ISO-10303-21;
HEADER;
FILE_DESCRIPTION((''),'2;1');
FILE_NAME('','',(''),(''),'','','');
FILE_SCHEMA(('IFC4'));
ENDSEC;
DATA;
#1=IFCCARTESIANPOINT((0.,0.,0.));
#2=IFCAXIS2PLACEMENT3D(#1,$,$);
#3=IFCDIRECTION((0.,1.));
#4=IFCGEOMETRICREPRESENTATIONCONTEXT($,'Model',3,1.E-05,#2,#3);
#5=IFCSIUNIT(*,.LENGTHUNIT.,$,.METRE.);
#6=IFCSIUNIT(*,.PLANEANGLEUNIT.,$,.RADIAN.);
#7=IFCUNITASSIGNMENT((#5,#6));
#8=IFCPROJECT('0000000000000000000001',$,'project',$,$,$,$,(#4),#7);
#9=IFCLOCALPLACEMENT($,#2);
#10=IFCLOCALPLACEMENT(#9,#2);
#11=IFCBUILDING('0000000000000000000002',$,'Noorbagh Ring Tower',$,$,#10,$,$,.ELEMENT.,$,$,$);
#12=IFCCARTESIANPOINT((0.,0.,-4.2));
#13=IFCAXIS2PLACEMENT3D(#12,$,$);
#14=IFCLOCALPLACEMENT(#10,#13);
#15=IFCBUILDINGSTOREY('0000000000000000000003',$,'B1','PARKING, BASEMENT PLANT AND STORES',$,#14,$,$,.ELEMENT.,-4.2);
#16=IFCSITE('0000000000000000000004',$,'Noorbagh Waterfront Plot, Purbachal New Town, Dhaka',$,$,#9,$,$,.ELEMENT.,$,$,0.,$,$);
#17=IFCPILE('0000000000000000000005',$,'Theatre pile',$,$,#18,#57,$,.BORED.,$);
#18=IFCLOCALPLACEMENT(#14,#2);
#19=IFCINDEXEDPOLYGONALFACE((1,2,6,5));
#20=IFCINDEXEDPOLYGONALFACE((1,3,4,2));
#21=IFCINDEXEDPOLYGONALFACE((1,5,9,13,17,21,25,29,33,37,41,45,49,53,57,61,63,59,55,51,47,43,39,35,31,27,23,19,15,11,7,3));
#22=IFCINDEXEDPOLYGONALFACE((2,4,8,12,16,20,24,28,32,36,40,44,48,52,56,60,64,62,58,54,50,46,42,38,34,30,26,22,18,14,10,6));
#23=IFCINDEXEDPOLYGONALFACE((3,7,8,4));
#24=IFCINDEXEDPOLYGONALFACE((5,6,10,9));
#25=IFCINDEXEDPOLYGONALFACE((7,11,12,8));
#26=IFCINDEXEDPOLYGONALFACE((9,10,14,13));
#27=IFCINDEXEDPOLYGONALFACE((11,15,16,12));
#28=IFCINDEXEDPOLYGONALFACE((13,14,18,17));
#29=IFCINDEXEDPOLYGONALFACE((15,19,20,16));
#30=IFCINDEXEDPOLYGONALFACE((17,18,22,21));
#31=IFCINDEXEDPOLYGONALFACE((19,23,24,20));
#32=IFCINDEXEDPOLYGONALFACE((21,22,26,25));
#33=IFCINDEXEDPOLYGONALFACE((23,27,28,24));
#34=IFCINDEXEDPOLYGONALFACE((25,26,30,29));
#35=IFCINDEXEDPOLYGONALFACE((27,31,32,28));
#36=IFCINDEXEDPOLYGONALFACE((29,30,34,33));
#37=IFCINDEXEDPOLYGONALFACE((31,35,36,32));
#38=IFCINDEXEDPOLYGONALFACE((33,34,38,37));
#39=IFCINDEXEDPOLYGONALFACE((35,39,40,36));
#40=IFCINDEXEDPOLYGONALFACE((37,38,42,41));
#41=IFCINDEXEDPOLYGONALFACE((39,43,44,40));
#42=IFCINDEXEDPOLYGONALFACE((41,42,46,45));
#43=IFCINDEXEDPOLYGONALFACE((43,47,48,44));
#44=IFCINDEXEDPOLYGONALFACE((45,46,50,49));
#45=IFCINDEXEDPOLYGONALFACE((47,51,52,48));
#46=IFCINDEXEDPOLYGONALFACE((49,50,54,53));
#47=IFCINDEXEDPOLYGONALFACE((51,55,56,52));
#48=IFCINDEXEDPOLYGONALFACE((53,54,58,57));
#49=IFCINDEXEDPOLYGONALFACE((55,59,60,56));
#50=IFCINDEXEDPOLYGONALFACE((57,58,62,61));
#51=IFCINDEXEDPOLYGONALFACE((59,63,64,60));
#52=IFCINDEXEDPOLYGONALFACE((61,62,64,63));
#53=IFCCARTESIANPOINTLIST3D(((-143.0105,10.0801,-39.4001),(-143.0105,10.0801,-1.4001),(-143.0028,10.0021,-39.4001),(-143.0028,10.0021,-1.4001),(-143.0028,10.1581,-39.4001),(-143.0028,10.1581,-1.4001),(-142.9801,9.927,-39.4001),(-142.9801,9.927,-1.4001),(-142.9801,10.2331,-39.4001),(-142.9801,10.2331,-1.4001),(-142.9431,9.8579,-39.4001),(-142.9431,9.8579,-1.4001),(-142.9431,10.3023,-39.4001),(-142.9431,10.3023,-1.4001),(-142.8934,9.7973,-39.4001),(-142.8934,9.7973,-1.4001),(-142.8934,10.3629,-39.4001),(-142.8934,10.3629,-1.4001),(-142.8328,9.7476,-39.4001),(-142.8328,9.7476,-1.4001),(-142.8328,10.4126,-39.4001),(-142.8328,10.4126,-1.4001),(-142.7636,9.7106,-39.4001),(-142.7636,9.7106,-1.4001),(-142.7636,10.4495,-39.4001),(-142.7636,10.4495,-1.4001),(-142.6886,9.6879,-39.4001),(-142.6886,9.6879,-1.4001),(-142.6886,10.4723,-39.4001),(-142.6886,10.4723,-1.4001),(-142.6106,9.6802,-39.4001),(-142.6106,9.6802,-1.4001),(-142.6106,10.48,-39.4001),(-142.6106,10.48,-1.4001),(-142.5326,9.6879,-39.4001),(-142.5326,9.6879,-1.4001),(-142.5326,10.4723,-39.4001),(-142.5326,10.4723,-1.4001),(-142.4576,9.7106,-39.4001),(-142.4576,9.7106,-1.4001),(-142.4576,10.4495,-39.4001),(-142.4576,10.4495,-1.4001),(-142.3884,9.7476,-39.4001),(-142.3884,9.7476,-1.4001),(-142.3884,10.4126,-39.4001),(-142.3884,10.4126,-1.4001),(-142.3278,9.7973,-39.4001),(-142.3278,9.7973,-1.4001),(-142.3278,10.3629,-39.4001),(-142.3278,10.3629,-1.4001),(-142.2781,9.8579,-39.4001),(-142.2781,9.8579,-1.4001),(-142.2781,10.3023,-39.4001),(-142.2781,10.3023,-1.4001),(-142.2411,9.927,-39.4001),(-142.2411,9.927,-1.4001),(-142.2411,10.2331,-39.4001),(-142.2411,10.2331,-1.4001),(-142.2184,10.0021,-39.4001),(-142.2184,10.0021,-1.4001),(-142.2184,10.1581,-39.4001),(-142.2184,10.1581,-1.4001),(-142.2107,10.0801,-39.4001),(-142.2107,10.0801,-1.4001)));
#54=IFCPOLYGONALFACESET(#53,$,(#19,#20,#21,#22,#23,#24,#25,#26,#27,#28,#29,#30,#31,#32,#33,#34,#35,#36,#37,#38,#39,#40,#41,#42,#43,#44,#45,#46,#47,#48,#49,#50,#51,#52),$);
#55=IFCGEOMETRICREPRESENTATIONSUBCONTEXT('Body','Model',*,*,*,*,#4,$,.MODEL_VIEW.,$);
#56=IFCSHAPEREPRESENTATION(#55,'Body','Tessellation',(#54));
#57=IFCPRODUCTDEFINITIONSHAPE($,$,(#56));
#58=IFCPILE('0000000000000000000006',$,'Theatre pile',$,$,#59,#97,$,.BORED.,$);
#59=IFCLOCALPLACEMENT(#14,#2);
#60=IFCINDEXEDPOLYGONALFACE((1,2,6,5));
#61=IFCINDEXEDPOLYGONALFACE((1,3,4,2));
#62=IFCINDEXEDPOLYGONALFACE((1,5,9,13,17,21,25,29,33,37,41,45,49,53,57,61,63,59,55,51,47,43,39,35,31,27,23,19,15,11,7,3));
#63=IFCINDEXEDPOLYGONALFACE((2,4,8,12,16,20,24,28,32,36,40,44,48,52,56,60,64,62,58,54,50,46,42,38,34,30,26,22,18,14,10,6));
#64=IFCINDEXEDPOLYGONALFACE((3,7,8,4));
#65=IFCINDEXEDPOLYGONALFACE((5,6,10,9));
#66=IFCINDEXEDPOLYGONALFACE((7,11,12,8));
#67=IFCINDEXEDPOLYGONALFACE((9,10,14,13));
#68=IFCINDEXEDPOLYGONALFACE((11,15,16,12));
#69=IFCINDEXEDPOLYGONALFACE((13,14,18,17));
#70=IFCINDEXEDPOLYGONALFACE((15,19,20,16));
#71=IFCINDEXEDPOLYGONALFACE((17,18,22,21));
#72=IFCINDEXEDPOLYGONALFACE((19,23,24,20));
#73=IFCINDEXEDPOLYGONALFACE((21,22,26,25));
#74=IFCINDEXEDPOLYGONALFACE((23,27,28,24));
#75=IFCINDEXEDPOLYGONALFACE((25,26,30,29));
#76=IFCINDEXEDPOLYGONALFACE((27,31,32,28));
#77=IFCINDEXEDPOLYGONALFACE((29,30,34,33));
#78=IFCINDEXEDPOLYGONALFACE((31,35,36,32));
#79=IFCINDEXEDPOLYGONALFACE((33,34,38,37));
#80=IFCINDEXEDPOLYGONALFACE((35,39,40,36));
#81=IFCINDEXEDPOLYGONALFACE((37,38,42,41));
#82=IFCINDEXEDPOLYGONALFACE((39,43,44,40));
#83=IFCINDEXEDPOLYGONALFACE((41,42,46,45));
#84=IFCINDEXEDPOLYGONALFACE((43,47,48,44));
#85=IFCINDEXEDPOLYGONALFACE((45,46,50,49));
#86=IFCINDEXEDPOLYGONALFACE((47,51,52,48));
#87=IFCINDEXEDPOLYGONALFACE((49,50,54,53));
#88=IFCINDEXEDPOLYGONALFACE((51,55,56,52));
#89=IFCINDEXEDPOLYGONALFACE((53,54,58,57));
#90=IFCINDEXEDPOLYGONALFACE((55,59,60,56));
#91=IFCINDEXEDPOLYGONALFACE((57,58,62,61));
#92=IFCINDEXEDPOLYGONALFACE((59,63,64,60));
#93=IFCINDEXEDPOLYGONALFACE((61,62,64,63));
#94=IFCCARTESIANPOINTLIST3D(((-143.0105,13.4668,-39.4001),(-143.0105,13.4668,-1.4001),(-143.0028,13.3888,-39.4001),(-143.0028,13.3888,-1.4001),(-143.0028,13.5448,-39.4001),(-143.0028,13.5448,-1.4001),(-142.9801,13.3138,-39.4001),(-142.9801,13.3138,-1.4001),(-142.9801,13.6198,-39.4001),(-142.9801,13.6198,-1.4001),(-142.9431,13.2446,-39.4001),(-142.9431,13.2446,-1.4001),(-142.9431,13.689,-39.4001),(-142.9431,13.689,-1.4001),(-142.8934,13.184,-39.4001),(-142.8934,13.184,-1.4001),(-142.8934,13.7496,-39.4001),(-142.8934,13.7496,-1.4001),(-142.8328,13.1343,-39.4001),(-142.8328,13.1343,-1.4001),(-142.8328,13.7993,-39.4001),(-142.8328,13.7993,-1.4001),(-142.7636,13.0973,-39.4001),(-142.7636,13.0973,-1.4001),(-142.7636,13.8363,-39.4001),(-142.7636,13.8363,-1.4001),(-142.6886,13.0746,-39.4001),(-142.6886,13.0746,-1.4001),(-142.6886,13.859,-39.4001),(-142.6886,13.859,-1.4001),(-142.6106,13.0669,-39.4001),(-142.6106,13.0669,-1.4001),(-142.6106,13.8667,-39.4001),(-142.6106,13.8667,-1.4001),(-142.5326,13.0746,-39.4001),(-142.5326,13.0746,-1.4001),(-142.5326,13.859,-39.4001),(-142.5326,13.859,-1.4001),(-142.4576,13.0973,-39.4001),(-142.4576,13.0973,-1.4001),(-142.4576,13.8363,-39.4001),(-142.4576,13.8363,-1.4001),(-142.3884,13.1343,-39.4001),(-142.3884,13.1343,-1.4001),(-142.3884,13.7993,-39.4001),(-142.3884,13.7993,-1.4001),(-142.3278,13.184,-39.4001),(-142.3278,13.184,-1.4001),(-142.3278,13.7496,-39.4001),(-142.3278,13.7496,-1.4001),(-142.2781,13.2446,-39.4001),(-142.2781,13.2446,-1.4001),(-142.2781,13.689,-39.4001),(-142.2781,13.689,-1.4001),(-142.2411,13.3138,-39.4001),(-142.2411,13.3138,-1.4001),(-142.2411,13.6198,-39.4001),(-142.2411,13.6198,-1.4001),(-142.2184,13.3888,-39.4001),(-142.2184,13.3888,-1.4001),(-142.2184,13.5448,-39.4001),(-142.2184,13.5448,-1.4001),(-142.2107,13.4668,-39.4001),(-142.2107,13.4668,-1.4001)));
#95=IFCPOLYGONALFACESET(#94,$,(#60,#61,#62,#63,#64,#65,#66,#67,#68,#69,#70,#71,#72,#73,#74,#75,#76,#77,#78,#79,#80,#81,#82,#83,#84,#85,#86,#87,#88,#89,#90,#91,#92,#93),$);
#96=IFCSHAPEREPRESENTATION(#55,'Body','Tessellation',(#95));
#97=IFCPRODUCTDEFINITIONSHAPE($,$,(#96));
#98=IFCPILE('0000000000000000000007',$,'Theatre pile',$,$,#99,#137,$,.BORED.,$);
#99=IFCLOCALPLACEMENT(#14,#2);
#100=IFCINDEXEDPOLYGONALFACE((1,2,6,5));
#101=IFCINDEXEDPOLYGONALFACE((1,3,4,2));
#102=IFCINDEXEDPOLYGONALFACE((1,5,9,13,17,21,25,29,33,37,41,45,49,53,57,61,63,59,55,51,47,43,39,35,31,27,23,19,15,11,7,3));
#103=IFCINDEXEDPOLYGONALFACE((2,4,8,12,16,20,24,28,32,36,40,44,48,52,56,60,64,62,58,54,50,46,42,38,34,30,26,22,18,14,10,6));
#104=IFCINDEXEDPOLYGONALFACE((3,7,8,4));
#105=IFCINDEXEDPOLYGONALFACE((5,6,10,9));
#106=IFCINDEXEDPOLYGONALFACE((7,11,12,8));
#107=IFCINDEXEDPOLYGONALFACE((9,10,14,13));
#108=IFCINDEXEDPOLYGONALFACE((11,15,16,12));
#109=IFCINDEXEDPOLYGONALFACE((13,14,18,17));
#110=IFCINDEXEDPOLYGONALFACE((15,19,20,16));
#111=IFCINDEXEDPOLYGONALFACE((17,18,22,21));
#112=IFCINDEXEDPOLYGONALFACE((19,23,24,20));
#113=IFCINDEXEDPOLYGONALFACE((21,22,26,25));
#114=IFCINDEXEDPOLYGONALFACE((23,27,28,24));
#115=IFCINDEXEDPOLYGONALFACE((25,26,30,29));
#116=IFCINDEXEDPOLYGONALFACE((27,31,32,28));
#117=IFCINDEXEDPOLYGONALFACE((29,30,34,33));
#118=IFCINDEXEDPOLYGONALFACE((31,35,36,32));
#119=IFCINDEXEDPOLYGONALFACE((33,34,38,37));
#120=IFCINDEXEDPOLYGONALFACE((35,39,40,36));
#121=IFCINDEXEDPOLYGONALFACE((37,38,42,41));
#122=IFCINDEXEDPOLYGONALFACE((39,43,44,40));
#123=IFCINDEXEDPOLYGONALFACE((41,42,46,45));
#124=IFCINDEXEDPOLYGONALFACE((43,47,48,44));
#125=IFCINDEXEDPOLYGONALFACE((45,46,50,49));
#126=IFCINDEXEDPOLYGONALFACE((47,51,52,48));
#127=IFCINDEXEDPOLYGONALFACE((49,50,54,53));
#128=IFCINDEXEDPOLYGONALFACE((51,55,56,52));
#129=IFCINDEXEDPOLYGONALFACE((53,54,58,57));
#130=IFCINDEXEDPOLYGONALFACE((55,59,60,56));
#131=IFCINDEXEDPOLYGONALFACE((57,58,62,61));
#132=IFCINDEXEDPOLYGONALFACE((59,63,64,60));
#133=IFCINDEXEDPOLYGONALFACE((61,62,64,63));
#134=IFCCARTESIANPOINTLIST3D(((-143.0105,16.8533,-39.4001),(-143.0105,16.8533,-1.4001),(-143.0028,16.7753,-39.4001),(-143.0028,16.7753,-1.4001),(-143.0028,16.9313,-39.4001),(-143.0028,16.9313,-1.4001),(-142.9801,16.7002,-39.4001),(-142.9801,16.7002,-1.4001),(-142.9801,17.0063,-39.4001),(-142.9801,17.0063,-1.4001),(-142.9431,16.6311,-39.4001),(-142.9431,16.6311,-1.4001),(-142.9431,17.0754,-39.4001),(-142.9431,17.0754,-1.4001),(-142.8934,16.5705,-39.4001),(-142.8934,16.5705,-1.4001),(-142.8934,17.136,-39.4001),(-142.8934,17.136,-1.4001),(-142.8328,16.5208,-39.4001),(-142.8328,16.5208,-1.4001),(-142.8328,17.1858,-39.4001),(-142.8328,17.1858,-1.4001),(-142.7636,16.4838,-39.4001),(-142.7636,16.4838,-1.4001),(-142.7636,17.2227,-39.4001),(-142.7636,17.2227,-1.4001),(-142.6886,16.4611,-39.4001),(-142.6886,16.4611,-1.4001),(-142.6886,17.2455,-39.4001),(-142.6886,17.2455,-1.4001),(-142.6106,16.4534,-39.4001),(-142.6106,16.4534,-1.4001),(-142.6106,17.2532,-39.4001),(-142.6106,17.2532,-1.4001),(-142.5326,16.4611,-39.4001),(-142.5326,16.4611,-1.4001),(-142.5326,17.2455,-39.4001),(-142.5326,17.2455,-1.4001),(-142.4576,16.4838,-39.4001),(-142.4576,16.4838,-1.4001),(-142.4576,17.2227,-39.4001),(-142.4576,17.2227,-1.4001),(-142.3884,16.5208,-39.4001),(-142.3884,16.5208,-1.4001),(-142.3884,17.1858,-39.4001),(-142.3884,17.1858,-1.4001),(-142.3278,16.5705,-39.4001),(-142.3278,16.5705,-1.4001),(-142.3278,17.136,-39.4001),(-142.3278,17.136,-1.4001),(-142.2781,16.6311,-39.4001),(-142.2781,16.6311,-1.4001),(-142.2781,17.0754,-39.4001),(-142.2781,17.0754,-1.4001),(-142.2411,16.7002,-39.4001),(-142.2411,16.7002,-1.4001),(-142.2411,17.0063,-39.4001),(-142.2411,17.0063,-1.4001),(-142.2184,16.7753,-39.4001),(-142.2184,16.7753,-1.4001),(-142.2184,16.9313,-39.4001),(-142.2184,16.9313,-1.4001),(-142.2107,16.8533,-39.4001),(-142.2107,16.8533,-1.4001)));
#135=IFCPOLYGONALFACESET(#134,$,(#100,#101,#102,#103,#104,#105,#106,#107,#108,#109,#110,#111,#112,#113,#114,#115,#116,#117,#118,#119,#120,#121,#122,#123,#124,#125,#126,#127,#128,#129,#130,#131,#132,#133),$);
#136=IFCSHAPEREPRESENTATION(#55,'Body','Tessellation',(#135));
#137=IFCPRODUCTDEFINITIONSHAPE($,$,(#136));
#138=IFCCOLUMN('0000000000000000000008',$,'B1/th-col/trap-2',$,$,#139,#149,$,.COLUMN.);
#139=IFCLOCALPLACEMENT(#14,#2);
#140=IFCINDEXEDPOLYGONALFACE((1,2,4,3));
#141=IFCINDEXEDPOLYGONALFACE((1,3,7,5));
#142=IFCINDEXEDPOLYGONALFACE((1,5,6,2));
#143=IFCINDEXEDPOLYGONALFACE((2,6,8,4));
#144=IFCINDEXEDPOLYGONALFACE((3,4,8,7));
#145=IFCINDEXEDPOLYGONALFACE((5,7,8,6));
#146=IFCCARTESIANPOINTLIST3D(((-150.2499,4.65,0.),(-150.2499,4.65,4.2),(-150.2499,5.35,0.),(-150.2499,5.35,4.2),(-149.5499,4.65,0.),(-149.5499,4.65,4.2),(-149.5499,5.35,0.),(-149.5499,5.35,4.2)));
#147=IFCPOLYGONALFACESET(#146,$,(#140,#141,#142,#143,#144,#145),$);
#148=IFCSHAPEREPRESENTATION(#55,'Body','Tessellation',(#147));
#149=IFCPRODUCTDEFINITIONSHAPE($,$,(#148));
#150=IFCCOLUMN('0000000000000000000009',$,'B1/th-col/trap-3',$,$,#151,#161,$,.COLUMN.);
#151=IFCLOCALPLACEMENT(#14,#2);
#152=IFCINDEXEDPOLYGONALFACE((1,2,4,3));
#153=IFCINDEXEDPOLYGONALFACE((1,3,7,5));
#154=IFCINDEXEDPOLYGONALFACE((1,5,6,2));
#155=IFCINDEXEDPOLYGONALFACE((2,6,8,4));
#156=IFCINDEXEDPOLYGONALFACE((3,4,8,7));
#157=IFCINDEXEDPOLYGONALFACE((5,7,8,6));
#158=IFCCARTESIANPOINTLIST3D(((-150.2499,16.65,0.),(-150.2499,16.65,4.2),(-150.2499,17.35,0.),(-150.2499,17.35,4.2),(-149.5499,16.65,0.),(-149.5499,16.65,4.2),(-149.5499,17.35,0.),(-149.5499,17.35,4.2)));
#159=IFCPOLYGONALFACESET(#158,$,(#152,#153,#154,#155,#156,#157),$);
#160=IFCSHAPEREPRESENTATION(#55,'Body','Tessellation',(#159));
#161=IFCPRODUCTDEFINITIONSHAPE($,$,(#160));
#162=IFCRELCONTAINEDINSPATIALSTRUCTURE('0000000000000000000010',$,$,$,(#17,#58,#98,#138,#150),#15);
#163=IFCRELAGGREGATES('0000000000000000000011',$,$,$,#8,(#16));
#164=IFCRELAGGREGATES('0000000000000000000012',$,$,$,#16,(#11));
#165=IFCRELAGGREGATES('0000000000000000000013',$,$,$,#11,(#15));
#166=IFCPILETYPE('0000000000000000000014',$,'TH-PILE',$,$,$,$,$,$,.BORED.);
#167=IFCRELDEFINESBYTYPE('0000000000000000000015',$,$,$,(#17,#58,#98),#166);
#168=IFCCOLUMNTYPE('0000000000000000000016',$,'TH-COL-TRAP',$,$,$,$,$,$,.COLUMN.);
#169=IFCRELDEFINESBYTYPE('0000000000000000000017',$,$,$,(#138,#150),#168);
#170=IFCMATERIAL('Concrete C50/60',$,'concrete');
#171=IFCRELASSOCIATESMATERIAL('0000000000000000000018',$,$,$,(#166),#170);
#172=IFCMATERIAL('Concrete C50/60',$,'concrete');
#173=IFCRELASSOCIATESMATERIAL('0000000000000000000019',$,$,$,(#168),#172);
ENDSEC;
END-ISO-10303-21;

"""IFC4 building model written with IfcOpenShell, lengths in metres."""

from ifc_helpers import new_model, si_unit, direction, frame, origin, origin_2d, place, context, subcontext, project, spatial, rectangle, circle, extrude, material, material_profile, profile_set, type_object, element, save


model = new_model("IFC4")

# Units and contexts
model_context = context("Model", 3, precision=1e-05, world=origin(), true_north=direction((0.0, 1.0)))
body_context = subcontext(model_context, "Body", "Model", "MODEL_VIEW")
ifc_project = project(units=[si_unit("LENGTHUNIT", "METRE"), si_unit("PLANEANGLEUNIT", "RADIAN")], contexts=[model_context])

# Site, building, storey
site_placement = place(None, origin())
site = spatial("IfcSite", under=ifc_project, at=site_placement, Name="Noorbagh Waterfront Plot, Purbachal New Town, Dhaka", CompositionType="ELEMENT", RefElevation=0.0)
building_placement = place(site_placement, origin())
building = spatial("IfcBuilding", under=site, at=building_placement, Name="Noorbagh Ring Tower", CompositionType="ELEMENT")
storey_placement = place(building_placement, frame((0.0, 0.0, -4.2)))
storey = spatial("IfcBuildingStorey", under=building, at=storey_placement, Name="B1", Description="PARKING, BASEMENT PLANT AND STORES", CompositionType="ELEMENT", Elevation=-4.2)

# Piles
ifc_material_1 = material(Name="Concrete C50/60", Category="concrete")
ifc_material_profile_1 = material_profile(ifc_material_1, circle(Radius=0.3999, at=origin_2d()), Name="PILE800")
ifc_profile_set_1 = profile_set([ifc_material_profile_1], Name="Concrete C50/60")
pile_type = type_object("IfcPileType", Name="TH-PILE", PredefinedType="BORED", material=ifc_profile_set_1)
for number, where, z_axis, x_axis, name in (
    (1, (-142.6106, 10.0801, -1.4001), (0.0, 0.0, -1.0), (1.0, 0.0, 0.0), "Theatre pile"),
    (2, (-142.6106, 13.4668, -1.4001), (0.0, 0.0, -1.0), (1.0, 0.0, 0.0), "Theatre pile"),
    (3, (-142.6106, 16.8533, -1.4001), (0.0, 0.0, -1.0), (1.0, 0.0, 0.0), "Theatre pile"),
):
    element("IfcPile", number, at=place(storey_placement, frame(where, z_axis=z_axis, x_axis=x_axis)), inside=storey, type_object=pile_type, Name=name, PredefinedType="BORED", context=body_context, shape_type="SweptSolid", body=[
        extrude(circle(Radius=0.3999, at=origin_2d()), origin(), (0.0, 0.0, 1.0), 38.0),
    ])

# Columns
ifc_material_2 = material(Name="Concrete C50/60", Category="concrete")
ifc_material_profile_2 = material_profile(ifc_material_2, rectangle(XDim=0.7, YDim=0.7, at=origin_2d()), Name="RC700x700")
ifc_profile_set_2 = profile_set([ifc_material_profile_2], Name="Concrete C50/60")
column_type = type_object("IfcColumnType", Name="TH-COL-TRAP", PredefinedType="COLUMN", material=ifc_profile_set_2)
for number, where, z_axis, x_axis, name in (
    (4, (-149.8999, 5.0, 0.0), (0.0, 0.0, 1.0), (1.0, 0.0, 0.0), "B1/th-col/trap-2"),
    (5, (-149.8999, 17.0, 0.0), (0.0, 0.0, 1.0), (1.0, 0.0, 0.0), "B1/th-col/trap-3"),
):
    element("IfcColumn", number, at=place(storey_placement, frame(where, z_axis=z_axis, x_axis=x_axis)), inside=storey, type_object=column_type, Name=name, PredefinedType="COLUMN", context=body_context, shape_type="SweptSolid", body=[
        extrude(rectangle(XDim=0.7, YDim=0.7, at=origin_2d()), origin(), (0.0, 0.0, 1.0), 4.2),
    ])

save(model, "model.ifc")
